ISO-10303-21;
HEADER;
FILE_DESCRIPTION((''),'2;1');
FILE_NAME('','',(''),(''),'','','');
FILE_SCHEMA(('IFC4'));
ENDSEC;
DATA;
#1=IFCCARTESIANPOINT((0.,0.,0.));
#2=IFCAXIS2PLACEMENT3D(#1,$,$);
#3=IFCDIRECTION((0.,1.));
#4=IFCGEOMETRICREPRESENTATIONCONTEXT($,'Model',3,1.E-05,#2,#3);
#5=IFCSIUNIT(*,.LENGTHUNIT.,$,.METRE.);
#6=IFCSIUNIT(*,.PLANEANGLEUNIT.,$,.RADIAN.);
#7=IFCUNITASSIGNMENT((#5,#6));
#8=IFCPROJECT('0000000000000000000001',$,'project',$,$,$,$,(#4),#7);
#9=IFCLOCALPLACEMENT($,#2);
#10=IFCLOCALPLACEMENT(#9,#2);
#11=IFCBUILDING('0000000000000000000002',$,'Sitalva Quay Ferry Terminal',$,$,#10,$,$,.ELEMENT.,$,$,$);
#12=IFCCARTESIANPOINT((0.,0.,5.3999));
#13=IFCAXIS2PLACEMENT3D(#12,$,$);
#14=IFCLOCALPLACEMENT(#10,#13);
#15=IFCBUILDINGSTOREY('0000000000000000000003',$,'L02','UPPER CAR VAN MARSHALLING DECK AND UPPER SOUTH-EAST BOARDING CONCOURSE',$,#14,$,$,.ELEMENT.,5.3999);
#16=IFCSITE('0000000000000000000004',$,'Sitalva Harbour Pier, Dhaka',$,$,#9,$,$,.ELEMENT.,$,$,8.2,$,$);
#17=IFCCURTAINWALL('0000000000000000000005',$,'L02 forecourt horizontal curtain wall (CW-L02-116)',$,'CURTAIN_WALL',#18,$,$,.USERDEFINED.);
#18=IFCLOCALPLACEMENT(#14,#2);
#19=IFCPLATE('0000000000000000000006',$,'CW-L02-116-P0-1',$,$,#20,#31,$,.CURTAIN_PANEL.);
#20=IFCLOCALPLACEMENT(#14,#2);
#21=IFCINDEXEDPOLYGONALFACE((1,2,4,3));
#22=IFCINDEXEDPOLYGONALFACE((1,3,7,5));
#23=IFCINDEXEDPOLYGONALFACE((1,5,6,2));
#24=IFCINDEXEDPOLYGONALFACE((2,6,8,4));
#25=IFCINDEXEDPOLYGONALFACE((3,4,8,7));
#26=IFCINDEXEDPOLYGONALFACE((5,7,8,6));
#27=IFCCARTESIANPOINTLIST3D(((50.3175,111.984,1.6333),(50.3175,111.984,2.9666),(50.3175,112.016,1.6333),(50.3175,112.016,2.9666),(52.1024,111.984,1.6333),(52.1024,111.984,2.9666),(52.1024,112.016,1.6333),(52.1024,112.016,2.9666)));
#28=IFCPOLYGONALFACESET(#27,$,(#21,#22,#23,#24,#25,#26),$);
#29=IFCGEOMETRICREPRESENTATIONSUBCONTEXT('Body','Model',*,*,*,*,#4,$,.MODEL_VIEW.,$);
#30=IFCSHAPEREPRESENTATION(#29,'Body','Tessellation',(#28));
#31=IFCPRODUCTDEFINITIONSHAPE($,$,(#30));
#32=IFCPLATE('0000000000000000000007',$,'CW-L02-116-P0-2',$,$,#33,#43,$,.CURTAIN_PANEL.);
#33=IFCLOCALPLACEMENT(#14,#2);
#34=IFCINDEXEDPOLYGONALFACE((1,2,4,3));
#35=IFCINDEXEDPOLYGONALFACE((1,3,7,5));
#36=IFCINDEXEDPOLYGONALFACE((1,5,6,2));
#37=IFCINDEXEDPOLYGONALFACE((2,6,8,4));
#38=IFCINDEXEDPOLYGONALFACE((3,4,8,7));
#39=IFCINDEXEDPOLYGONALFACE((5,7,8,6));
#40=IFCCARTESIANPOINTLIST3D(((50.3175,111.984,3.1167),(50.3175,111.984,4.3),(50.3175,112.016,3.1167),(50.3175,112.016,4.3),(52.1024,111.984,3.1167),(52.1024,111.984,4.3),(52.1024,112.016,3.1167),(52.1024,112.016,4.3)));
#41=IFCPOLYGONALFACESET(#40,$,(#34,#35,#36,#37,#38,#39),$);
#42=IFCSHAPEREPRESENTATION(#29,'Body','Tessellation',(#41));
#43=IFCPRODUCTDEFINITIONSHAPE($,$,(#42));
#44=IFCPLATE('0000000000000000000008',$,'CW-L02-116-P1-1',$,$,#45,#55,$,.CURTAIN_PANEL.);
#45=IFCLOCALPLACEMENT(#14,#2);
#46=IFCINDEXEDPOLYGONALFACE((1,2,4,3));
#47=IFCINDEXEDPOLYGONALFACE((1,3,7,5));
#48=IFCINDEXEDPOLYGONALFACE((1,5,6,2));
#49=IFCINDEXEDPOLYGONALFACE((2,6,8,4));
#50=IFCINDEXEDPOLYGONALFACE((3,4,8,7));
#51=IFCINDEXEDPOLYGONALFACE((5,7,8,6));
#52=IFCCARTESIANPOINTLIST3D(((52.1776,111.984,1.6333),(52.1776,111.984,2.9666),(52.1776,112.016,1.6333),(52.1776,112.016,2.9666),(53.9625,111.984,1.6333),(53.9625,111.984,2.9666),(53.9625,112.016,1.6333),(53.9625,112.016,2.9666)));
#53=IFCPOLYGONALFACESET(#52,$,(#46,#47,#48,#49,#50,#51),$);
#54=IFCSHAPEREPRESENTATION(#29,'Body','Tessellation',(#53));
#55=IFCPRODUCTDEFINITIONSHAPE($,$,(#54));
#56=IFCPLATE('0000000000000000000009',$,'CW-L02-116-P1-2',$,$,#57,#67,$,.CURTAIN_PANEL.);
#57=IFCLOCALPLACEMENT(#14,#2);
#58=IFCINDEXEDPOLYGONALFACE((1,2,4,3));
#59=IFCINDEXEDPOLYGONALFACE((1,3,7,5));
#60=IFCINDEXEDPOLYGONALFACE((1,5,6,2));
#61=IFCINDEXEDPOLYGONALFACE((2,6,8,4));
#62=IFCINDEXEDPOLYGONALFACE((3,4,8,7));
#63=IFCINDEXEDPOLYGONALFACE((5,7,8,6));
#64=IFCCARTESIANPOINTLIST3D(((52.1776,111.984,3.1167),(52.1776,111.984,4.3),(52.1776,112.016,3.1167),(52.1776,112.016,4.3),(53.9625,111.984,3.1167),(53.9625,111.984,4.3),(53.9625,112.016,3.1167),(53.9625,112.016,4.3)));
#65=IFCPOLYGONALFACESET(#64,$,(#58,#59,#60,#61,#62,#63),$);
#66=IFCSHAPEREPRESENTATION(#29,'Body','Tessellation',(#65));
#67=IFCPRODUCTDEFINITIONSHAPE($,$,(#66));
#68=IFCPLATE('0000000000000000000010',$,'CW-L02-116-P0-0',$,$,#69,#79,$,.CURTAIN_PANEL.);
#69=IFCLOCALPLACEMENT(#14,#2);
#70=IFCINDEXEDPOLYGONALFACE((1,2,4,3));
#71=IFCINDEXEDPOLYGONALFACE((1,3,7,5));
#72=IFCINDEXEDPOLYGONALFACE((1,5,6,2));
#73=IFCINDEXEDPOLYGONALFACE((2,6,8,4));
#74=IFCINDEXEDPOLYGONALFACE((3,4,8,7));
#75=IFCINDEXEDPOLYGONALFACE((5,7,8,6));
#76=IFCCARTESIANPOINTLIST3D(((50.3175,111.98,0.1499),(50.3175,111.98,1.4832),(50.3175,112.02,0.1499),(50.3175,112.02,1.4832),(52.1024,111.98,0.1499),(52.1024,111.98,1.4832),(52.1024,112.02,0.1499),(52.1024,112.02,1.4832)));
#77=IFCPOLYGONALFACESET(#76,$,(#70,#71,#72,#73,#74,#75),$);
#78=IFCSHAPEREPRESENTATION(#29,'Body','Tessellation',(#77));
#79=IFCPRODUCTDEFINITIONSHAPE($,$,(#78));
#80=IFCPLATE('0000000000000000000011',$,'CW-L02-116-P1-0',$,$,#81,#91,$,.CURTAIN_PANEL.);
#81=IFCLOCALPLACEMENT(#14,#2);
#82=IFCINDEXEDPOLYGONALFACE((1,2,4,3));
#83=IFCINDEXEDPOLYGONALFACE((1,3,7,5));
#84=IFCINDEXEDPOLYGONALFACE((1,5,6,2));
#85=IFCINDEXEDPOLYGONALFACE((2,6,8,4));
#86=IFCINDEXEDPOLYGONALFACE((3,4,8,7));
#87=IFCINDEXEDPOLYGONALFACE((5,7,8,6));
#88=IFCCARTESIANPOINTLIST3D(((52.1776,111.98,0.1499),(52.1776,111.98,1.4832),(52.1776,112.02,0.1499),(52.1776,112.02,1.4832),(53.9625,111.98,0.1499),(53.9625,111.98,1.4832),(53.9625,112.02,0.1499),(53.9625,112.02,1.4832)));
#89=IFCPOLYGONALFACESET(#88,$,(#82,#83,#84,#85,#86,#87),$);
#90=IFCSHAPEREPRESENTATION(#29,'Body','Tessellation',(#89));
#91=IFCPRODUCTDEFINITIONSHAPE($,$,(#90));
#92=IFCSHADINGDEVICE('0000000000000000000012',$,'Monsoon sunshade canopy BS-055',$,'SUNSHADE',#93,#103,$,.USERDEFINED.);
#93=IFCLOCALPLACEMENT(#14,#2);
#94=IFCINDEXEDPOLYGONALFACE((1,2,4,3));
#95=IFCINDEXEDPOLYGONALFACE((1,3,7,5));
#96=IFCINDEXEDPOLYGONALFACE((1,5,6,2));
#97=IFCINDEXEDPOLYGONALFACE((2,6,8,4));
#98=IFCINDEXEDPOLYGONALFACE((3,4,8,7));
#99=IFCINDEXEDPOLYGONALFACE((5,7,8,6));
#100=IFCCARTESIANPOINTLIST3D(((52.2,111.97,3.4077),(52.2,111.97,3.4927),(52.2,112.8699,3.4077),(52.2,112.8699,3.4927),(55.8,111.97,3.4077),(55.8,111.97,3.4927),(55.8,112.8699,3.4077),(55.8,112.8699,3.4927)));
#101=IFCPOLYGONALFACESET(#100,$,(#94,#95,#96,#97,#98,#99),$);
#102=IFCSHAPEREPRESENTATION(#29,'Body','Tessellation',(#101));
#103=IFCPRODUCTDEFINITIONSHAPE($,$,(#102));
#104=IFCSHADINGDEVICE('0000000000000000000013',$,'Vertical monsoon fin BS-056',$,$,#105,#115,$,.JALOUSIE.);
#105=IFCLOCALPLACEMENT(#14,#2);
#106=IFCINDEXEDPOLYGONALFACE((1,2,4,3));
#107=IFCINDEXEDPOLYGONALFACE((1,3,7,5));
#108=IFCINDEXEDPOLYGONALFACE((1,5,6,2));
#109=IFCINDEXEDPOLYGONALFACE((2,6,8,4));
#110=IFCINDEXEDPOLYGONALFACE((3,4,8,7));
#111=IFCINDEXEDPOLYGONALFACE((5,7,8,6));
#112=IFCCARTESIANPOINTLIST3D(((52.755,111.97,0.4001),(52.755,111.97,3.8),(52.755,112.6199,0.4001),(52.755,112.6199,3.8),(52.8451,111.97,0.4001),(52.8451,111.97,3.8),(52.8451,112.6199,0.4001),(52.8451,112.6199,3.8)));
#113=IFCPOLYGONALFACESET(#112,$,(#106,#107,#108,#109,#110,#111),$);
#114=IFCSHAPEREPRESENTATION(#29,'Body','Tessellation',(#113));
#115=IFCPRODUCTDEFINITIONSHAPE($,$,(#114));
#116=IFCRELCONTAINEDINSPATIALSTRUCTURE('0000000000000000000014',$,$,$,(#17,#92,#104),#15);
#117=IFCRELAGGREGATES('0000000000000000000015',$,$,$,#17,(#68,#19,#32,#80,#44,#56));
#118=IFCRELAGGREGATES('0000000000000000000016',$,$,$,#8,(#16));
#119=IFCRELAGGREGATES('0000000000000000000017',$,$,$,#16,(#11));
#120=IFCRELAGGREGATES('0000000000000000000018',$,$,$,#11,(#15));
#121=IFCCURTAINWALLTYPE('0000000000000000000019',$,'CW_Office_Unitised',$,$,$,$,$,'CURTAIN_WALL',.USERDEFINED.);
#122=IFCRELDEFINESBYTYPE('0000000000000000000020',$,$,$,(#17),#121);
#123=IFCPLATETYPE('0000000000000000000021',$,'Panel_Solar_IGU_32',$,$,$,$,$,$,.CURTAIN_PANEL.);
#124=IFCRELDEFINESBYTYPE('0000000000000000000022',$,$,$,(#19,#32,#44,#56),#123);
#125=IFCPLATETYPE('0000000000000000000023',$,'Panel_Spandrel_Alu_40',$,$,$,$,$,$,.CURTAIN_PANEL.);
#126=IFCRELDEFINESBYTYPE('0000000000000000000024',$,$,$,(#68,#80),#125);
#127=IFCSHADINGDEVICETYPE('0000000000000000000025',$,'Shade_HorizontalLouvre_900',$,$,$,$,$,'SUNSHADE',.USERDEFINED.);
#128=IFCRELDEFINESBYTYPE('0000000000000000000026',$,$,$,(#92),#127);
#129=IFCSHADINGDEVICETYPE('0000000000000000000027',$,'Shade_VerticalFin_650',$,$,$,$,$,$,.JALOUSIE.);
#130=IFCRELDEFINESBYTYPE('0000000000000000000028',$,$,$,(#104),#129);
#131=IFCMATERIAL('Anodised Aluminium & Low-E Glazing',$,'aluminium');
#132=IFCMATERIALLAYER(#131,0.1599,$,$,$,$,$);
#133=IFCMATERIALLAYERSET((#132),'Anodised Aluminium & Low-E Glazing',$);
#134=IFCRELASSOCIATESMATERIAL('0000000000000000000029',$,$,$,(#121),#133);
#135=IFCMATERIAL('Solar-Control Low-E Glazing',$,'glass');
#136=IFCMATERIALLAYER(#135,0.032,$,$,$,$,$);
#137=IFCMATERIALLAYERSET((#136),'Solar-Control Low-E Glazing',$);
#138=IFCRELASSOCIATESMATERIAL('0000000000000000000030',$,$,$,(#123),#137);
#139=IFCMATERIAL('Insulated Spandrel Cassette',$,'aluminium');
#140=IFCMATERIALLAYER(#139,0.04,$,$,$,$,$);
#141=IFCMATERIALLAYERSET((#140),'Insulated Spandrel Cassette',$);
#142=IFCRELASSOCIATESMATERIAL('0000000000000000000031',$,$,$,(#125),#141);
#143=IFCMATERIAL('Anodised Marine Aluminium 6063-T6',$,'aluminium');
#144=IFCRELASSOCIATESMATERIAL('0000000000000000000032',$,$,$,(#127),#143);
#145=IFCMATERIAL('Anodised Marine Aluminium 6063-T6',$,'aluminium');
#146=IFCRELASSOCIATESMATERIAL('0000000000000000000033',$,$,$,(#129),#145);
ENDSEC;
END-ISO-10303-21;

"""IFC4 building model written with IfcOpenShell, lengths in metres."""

from ifc_helpers import new_model, si_unit, direction, frame, origin, origin_2d, place, context, subcontext, project, spatial, rectangle, extrude, material, layer, layer_set, type_object, element, aggregate, save


model = new_model("IFC4")

# Units and contexts
model_context = context("Model", 3, precision=1e-05, world=origin(), true_north=direction((0.0, 1.0)))
body_context = subcontext(model_context, "Body", "Model", "MODEL_VIEW")
ifc_project = project(units=[si_unit("LENGTHUNIT", "METRE"), si_unit("PLANEANGLEUNIT", "RADIAN")], contexts=[model_context])

# Site, building, storey
site_placement = place(None, origin())
site = spatial("IfcSite", under=ifc_project, at=site_placement, Name="Sitalva Harbour Pier, Dhaka", CompositionType="ELEMENT", RefElevation=8.2)
building_placement = place(site_placement, origin())
building = spatial("IfcBuilding", under=site, at=building_placement, Name="Sitalva Quay Ferry Terminal", CompositionType="ELEMENT")
storey_placement = place(building_placement, frame((0.0, 0.0, 5.3999)))
storey = spatial("IfcBuildingStorey", under=building, at=storey_placement, Name="L02", Description="UPPER CAR VAN MARSHALLING DECK AND UPPER SOUTH-EAST BOARDING CONCOURSE", CompositionType="ELEMENT", Elevation=5.3999)

# Curtain wall, plates
ifc_material_1 = material(Name="Anodised Aluminium & Low-E Glazing", Category="aluminium")
ifc_layer_1 = layer(ifc_material_1, 0.1599)
ifc_layer_set_1 = layer_set([ifc_layer_1], Name="Anodised Aluminium & Low-E Glazing")
curtain_wall_type = type_object("IfcCurtainWallType", Name="CW_Office_Unitised", ElementType="CURTAIN_WALL", PredefinedType="USERDEFINED", material=ifc_layer_set_1)
curtain_wall_placement = place(storey_placement, origin())
curtain_wall = element("IfcCurtainWall", 1, at=curtain_wall_placement, inside=storey, type_object=curtain_wall_type, Name="L02 forecourt horizontal curtain wall (CW-L02-116)", ObjectType="CURTAIN_WALL", PredefinedType="USERDEFINED")
ifc_material_2 = material(Name="Solar-Control Low-E Glazing", Category="glass")
ifc_layer_2 = layer(ifc_material_2, 0.032)
ifc_layer_set_2 = layer_set([ifc_layer_2], Name="Solar-Control Low-E Glazing")
plate_type_1 = type_object("IfcPlateType", Name="Panel_Solar_IGU_32", PredefinedType="CURTAIN_PANEL", material=ifc_layer_set_2)
plate_1_placement = place(storey_placement, frame((51.21, 112.0, 1.6333), z_axis=(0.0, 0.0, 1.0), x_axis=(1.0, 0.0, 0.0)))
plate_1 = element("IfcPlate", 2, at=plate_1_placement, type_object=plate_type_1, Name="CW-L02-116-P0-1", PredefinedType="CURTAIN_PANEL", context=body_context, shape_type="SweptSolid", body=[
    extrude(rectangle(XDim=1.7849, YDim=0.032, at=origin_2d()), origin(), (0.0, 0.0, 1.0), 1.3333),
])
plate_2_placement = place(storey_placement, frame((51.21, 112.0, 3.1167), z_axis=(0.0, 0.0, 1.0), x_axis=(1.0, 0.0, 0.0)))
plate_2 = element("IfcPlate", 3, at=plate_2_placement, type_object=plate_type_1, Name="CW-L02-116-P0-2", PredefinedType="CURTAIN_PANEL", context=body_context, shape_type="SweptSolid", body=[
    extrude(rectangle(XDim=1.7849, YDim=0.032, at=origin_2d()), origin(), (0.0, 0.0, 1.0), 1.1833),
])
plate_3_placement = place(storey_placement, frame((53.0701, 112.0, 1.6333), z_axis=(0.0, 0.0, 1.0), x_axis=(1.0, 0.0, 0.0)))
plate_3 = element("IfcPlate", 4, at=plate_3_placement, type_object=plate_type_1, Name="CW-L02-116-P1-1", PredefinedType="CURTAIN_PANEL", context=body_context, shape_type="SweptSolid", body=[
    extrude(rectangle(XDim=1.7849, YDim=0.032, at=origin_2d()), origin(), (0.0, 0.0, 1.0), 1.3333),
])
plate_4_placement = place(storey_placement, frame((53.0701, 112.0, 3.1167), z_axis=(0.0, 0.0, 1.0), x_axis=(1.0, 0.0, 0.0)))
plate_4 = element("IfcPlate", 5, at=plate_4_placement, type_object=plate_type_1, Name="CW-L02-116-P1-2", PredefinedType="CURTAIN_PANEL", context=body_context, shape_type="SweptSolid", body=[
    extrude(rectangle(XDim=1.7849, YDim=0.032, at=origin_2d()), origin(), (0.0, 0.0, 1.0), 1.1833),
])
ifc_material_3 = material(Name="Insulated Spandrel Cassette", Category="aluminium")
ifc_layer_3 = layer(ifc_material_3, 0.04)
ifc_layer_set_3 = layer_set([ifc_layer_3], Name="Insulated Spandrel Cassette")
plate_type_2 = type_object("IfcPlateType", Name="Panel_Spandrel_Alu_40", PredefinedType="CURTAIN_PANEL", material=ifc_layer_set_3)
plate_5_placement = place(storey_placement, frame((51.21, 112.0, 0.1499), z_axis=(0.0, 0.0, 1.0), x_axis=(1.0, 0.0, 0.0)))
plate_5 = element("IfcPlate", 6, at=plate_5_placement, type_object=plate_type_2, Name="CW-L02-116-P0-0", PredefinedType="CURTAIN_PANEL", context=body_context, shape_type="SweptSolid", body=[
    extrude(rectangle(XDim=1.7849, YDim=0.04, at=origin_2d()), origin(), (0.0, 0.0, 1.0), 1.3333),
])
plate_6_placement = place(storey_placement, frame((53.0701, 112.0, 0.1499), z_axis=(0.0, 0.0, 1.0), x_axis=(1.0, 0.0, 0.0)))
plate_6 = element("IfcPlate", 7, at=plate_6_placement, type_object=plate_type_2, Name="CW-L02-116-P1-0", PredefinedType="CURTAIN_PANEL", context=body_context, shape_type="SweptSolid", body=[
    extrude(rectangle(XDim=1.7849, YDim=0.04, at=origin_2d()), origin(), (0.0, 0.0, 1.0), 1.3333),
])
aggregate(curtain_wall, [plate_5, plate_1, plate_2, plate_6, plate_3, plate_4])

# Shading devices
ifc_material_4 = material(Name="Anodised Marine Aluminium 6063-T6", Category="aluminium")
shading_device_type_1 = type_object("IfcShadingDeviceType", Name="Shade_HorizontalLouvre_900", ElementType="SUNSHADE", PredefinedType="USERDEFINED", material=ifc_material_4)
shading_device_1_placement = place(storey_placement, frame((54.0, 112.4199, 3.4077), z_axis=(0.0, 0.0, 1.0), x_axis=(1.0, 0.0, 0.0)))
element("IfcShadingDevice", 8, at=shading_device_1_placement, inside=storey, type_object=shading_device_type_1, Name="Monsoon sunshade canopy BS-055", ObjectType="SUNSHADE", PredefinedType="USERDEFINED", context=body_context, shape_type="SweptSolid", body=[
    extrude(rectangle(XDim=3.6001, YDim=0.8999, at=origin_2d()), origin(), (0.0, 0.0, 1.0), 0.085),
])
ifc_material_5 = material(Name="Anodised Marine Aluminium 6063-T6", Category="aluminium")
shading_device_type_2 = type_object("IfcShadingDeviceType", Name="Shade_VerticalFin_650", PredefinedType="JALOUSIE", material=ifc_material_5)
shading_device_2_placement = place(storey_placement, frame((52.8, 112.2949, 0.4001), z_axis=(0.0, 0.0, 1.0), x_axis=(1.0, 0.0, 0.0)))
element("IfcShadingDevice", 9, at=shading_device_2_placement, inside=storey, type_object=shading_device_type_2, Name="Vertical monsoon fin BS-056", PredefinedType="JALOUSIE", context=body_context, shape_type="SweptSolid", body=[
    extrude(rectangle(XDim=0.0901, YDim=0.6499, at=origin_2d()), origin(), (0.0, 0.0, 1.0), 3.3999),
])

save(model, "model.ifc")
